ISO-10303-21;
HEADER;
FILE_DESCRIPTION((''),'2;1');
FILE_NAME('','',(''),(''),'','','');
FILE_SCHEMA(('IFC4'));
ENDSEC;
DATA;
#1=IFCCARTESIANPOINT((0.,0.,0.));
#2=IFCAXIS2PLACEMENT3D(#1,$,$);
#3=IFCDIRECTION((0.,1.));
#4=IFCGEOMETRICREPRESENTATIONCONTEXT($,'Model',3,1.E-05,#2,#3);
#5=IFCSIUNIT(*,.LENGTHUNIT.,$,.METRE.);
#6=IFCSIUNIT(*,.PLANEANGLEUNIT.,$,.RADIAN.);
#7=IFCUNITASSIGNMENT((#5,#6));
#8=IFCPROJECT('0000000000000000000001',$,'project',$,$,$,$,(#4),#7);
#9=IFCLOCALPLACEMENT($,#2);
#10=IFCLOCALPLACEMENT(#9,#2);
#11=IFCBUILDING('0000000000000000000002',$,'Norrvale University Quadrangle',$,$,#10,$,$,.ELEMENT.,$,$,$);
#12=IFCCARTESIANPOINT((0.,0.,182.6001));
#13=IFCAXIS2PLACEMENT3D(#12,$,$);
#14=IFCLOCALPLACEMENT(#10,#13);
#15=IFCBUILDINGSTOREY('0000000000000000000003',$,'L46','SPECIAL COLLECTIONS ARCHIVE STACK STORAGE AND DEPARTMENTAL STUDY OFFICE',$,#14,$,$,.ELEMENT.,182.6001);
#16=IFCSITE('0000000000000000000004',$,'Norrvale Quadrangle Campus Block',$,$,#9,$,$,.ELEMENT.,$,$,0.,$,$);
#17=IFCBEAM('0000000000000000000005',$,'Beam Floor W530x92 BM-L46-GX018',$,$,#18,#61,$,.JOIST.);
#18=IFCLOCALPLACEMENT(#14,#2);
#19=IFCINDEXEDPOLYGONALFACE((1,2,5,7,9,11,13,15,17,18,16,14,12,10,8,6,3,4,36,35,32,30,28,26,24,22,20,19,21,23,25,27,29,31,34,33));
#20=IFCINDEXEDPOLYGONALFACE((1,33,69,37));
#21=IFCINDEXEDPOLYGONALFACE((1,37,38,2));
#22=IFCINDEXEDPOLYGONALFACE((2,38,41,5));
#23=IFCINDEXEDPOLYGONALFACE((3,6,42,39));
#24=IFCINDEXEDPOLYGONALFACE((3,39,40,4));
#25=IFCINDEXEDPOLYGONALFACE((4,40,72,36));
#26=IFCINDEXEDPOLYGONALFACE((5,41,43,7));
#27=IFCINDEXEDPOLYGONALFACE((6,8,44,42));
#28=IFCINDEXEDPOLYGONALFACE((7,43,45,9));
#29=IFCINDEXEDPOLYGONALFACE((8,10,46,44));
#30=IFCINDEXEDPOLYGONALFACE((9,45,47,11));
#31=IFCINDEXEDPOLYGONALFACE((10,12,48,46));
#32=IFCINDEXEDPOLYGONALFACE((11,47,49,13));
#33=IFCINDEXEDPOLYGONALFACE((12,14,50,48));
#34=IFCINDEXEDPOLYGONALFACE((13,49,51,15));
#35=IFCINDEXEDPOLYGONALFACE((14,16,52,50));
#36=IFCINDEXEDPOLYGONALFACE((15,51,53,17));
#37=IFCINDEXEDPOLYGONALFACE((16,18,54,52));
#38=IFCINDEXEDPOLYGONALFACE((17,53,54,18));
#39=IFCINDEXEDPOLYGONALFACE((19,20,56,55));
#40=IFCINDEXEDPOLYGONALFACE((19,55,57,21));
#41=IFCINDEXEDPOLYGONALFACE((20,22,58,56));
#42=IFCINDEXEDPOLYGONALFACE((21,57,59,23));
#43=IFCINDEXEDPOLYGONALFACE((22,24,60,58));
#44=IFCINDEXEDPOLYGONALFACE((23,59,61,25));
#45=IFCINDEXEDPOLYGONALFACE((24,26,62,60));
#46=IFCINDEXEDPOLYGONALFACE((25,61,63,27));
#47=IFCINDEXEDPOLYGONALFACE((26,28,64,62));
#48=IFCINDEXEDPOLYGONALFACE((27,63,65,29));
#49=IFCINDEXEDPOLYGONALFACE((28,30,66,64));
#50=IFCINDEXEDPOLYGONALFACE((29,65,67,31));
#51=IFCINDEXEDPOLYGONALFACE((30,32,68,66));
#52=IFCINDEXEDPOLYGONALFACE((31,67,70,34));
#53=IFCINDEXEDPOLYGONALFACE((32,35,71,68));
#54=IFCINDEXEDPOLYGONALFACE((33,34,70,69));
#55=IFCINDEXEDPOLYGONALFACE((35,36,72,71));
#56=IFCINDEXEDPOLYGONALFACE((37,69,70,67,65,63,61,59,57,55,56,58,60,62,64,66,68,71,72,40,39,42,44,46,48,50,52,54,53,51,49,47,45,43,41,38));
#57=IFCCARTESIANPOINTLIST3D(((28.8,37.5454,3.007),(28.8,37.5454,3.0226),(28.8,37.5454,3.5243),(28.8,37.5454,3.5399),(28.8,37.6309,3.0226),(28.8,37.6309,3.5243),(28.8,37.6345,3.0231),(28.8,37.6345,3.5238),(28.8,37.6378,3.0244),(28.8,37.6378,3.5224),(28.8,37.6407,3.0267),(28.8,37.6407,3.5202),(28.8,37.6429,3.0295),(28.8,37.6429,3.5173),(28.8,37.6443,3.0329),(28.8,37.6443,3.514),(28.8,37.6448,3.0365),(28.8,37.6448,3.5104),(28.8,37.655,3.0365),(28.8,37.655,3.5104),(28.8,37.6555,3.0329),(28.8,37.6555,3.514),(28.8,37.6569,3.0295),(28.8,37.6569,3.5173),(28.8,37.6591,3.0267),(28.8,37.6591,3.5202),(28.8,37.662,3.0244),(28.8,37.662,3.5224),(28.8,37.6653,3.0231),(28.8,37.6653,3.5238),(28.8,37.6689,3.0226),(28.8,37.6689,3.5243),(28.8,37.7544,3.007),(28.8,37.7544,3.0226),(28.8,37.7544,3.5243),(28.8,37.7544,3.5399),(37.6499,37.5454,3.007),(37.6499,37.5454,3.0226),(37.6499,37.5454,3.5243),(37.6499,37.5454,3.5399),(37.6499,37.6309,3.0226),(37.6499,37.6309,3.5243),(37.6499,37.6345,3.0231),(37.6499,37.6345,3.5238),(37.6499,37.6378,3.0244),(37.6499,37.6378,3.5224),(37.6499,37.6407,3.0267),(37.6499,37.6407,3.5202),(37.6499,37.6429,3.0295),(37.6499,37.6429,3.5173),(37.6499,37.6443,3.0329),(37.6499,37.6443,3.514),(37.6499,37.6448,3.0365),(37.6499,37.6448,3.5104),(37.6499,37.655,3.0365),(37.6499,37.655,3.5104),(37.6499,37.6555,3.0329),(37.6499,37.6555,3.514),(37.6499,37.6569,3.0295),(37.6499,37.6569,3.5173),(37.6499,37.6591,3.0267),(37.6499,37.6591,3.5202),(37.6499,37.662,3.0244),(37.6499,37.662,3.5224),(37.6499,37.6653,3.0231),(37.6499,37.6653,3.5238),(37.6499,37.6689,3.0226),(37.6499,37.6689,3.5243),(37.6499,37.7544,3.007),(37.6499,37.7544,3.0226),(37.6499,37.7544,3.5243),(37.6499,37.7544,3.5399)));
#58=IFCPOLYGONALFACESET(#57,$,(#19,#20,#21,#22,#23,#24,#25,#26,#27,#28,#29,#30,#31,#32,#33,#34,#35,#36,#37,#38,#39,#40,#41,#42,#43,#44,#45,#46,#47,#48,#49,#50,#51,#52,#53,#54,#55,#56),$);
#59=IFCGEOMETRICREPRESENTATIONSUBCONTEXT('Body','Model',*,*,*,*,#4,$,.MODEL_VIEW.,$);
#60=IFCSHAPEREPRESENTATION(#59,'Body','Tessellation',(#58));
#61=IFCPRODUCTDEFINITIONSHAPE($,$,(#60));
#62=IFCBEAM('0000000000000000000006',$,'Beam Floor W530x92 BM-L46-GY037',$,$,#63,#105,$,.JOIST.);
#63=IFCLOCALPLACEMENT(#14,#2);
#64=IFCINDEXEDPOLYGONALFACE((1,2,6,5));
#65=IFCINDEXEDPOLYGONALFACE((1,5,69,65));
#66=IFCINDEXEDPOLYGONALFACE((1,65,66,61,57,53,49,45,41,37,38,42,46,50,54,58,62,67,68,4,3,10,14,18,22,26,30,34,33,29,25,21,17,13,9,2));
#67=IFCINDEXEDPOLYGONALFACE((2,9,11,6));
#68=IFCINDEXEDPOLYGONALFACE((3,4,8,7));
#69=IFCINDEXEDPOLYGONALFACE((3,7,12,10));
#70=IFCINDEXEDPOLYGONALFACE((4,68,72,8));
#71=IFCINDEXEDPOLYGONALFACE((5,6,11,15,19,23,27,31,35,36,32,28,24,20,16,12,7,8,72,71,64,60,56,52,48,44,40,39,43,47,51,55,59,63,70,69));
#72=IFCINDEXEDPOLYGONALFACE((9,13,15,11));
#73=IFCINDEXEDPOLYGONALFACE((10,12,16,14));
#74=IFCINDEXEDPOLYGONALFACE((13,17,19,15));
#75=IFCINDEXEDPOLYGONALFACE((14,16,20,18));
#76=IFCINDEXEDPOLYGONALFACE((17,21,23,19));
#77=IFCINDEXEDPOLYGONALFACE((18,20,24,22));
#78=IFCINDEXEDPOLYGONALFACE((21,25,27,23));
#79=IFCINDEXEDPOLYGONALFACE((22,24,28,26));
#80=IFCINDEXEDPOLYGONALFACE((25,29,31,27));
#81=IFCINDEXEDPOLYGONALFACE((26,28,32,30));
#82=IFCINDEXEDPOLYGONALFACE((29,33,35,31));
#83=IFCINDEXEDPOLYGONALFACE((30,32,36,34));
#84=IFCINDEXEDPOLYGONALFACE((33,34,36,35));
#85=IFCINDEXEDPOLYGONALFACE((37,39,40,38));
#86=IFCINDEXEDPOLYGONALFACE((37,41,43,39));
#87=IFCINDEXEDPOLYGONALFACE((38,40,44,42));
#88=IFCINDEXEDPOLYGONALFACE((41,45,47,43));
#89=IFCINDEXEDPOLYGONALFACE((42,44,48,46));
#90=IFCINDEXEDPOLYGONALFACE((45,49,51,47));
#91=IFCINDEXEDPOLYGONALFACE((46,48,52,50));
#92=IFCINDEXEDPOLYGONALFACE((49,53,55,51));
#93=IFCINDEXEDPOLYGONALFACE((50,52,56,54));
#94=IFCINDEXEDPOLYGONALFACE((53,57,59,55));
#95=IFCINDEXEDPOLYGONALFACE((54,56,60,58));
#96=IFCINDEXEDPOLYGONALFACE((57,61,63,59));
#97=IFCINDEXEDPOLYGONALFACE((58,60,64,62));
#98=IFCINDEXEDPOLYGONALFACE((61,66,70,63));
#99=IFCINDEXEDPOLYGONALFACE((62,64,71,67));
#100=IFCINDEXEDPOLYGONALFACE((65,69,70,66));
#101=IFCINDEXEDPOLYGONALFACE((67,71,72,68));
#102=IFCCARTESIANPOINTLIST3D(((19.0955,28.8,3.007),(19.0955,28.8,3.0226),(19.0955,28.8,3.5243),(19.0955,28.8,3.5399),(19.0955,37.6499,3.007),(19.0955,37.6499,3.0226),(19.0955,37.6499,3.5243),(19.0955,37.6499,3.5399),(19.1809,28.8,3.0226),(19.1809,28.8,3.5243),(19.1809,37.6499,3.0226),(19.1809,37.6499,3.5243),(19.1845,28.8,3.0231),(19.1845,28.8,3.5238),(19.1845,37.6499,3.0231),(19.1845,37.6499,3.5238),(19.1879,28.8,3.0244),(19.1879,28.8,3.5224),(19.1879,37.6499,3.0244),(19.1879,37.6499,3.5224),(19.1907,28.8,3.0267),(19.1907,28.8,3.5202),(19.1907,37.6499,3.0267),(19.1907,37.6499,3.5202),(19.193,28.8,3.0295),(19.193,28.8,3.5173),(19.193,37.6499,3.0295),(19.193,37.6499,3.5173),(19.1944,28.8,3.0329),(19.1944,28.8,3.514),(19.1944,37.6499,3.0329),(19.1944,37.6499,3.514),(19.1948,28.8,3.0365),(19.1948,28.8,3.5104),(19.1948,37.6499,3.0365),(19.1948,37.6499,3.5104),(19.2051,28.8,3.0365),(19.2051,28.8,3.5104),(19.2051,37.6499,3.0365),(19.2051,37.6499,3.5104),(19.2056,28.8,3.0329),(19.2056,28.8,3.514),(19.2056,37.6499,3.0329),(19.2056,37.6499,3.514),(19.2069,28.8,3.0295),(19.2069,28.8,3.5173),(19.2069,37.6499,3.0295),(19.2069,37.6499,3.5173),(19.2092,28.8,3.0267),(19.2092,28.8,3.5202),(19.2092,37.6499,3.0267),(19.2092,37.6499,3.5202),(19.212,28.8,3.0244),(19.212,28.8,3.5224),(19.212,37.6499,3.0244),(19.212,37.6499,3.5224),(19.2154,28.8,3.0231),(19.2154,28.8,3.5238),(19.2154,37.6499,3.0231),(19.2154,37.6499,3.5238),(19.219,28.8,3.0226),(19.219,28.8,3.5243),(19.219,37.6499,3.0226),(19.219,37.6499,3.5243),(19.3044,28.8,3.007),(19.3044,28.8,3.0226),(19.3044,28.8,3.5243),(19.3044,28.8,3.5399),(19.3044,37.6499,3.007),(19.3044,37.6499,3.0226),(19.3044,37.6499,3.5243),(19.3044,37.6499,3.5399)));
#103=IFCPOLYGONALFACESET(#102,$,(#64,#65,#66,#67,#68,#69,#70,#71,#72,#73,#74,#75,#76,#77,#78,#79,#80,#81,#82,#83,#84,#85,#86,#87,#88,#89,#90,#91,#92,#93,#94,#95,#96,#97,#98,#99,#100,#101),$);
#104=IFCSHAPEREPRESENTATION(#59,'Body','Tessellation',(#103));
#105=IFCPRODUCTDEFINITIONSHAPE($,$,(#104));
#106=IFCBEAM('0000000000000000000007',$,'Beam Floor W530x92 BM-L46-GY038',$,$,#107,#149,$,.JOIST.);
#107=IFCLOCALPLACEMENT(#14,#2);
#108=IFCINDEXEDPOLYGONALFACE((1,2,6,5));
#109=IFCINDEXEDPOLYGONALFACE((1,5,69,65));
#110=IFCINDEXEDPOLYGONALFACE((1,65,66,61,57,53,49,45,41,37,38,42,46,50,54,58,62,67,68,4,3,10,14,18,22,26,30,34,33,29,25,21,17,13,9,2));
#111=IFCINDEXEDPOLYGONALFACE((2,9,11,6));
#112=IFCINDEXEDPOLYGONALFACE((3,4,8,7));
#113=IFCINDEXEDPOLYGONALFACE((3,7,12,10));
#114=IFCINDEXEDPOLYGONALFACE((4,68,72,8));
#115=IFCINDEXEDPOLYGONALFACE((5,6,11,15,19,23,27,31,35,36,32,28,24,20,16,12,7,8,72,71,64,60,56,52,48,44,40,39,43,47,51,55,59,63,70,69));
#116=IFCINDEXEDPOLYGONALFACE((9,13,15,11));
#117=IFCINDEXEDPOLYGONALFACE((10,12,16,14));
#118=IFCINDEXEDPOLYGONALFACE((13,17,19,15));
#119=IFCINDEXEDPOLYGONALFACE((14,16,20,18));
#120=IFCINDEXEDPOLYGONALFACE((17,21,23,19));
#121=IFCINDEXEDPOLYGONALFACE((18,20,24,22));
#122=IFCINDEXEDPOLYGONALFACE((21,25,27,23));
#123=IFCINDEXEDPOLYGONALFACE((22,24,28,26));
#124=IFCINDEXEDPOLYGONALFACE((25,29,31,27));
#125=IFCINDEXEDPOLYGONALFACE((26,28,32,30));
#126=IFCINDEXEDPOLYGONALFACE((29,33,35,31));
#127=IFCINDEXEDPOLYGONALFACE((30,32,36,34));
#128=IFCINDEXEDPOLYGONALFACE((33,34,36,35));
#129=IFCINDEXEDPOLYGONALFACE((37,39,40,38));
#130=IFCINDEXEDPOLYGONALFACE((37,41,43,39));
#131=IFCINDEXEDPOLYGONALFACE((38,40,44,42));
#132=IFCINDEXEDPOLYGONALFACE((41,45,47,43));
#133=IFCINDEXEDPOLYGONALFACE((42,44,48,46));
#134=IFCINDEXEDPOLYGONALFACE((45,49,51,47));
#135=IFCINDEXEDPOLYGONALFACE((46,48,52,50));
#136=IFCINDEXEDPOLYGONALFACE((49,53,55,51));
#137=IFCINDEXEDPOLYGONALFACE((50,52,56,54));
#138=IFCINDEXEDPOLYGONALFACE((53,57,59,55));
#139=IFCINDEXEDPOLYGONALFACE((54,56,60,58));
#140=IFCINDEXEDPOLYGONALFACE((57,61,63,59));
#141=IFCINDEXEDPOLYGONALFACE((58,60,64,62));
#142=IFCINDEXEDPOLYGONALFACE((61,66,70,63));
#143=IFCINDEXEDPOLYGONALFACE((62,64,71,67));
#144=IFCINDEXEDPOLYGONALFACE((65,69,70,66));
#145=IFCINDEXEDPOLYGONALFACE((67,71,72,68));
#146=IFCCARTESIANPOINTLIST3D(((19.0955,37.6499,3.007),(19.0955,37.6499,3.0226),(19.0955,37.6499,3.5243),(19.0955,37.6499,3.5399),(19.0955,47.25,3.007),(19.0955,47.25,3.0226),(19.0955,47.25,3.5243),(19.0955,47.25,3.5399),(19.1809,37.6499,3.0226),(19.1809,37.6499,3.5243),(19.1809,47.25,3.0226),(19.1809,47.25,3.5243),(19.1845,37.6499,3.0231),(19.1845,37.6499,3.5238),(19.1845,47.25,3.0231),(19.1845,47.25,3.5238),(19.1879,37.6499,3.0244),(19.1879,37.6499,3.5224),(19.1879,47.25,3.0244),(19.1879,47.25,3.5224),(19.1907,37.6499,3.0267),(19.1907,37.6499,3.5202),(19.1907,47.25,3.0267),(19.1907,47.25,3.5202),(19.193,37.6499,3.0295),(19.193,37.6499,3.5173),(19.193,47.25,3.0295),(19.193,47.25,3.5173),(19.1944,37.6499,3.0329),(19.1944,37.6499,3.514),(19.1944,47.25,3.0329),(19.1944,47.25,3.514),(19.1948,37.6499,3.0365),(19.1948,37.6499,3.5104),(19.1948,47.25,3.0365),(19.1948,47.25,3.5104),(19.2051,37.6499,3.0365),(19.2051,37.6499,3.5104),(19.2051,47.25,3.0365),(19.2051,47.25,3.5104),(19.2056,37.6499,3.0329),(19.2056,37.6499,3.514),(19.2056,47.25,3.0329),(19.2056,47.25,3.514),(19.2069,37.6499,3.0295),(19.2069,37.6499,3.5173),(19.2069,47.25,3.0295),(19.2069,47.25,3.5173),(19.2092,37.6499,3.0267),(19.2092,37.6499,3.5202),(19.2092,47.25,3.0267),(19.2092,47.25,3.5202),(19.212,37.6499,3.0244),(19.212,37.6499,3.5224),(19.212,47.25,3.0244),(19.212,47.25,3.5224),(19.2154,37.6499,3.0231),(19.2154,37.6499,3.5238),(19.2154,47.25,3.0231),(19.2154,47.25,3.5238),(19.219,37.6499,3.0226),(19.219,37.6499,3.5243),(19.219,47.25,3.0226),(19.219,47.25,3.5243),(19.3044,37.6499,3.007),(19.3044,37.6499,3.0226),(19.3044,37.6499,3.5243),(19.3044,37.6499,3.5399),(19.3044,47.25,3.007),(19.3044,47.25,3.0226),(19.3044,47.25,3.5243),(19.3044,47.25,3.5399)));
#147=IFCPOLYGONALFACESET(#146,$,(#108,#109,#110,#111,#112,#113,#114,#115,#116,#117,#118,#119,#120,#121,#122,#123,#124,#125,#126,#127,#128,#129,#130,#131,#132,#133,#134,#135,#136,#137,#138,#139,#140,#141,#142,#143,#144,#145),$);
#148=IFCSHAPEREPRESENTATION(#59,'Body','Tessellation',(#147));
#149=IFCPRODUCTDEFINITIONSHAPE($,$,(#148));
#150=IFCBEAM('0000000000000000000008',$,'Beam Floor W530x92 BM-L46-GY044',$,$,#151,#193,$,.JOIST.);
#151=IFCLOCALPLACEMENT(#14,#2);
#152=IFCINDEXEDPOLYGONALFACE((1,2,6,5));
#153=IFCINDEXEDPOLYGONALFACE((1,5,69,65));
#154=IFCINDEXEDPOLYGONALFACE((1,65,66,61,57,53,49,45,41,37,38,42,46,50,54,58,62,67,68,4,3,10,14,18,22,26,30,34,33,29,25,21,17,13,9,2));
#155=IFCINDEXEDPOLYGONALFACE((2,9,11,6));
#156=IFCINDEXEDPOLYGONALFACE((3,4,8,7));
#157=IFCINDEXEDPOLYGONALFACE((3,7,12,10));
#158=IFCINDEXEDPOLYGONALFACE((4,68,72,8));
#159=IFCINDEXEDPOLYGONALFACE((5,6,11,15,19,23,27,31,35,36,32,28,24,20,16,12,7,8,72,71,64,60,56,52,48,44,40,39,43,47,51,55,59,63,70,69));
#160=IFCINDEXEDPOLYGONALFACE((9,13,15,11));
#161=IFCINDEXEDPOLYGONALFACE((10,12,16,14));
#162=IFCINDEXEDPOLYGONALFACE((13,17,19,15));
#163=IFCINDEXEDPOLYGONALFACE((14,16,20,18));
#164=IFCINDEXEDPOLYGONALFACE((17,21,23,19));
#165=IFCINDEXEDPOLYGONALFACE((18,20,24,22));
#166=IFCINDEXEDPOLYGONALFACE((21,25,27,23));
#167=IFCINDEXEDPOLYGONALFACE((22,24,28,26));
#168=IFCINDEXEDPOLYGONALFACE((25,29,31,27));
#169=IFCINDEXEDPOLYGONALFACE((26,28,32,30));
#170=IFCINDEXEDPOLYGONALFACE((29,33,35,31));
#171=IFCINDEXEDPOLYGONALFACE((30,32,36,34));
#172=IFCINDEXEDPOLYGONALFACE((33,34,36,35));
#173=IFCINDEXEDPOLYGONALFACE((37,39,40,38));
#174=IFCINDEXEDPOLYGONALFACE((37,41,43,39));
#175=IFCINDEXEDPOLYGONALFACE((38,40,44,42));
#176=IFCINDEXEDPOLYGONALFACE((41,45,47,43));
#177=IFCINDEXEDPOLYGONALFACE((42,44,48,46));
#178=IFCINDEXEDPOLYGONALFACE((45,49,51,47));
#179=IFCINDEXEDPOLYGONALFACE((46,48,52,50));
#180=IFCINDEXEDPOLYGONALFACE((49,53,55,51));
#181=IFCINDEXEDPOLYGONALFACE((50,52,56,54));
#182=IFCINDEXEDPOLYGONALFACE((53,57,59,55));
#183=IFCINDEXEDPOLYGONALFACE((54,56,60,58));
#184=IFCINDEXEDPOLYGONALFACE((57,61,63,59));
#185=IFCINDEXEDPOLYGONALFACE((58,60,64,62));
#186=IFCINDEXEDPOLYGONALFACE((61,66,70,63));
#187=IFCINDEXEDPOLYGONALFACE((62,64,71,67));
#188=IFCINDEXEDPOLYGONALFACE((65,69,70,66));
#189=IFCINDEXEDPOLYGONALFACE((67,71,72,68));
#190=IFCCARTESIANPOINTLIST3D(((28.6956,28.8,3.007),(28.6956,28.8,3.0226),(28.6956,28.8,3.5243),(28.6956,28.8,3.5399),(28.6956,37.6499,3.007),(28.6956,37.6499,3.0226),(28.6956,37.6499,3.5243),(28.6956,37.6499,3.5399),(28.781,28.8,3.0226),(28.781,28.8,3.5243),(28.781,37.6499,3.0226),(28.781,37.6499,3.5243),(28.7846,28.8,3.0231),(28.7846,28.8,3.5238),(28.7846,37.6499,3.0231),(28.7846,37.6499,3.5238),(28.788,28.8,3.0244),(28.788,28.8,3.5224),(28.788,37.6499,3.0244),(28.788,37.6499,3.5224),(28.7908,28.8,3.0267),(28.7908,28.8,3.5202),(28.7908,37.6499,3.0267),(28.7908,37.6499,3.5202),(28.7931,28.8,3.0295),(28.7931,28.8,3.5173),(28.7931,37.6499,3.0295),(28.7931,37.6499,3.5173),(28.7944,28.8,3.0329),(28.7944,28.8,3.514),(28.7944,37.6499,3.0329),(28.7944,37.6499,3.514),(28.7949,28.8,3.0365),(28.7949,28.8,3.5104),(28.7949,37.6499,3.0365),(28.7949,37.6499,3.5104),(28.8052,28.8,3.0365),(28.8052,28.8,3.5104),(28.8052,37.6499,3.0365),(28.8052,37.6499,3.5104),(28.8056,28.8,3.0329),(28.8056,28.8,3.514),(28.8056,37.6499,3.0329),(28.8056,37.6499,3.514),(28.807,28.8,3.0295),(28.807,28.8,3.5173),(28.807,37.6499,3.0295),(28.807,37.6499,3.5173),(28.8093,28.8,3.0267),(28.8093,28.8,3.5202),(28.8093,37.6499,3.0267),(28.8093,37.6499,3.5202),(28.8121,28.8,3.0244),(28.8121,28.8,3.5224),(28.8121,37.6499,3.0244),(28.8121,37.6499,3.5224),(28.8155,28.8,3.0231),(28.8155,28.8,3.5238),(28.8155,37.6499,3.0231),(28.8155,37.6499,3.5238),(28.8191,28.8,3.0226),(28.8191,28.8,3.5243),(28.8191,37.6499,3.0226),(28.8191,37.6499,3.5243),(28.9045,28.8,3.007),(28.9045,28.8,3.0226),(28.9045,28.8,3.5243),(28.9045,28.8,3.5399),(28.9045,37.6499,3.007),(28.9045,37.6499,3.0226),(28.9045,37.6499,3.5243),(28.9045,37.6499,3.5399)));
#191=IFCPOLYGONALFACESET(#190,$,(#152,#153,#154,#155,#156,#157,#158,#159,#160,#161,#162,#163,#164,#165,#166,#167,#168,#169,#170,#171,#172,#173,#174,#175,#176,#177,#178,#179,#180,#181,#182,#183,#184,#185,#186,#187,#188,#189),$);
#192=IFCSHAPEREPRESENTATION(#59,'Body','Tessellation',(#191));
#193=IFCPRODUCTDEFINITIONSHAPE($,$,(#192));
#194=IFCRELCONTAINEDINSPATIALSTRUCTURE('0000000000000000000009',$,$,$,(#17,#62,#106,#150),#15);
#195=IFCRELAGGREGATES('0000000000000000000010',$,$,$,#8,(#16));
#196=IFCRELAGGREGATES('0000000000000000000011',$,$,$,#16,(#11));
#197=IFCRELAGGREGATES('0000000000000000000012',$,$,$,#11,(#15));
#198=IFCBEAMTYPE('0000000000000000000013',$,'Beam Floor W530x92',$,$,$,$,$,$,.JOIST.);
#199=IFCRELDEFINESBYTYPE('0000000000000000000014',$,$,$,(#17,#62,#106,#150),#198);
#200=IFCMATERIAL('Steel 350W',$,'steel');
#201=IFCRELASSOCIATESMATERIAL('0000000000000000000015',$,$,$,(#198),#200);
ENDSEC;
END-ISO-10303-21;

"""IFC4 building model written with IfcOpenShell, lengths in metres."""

from ifc_helpers import new_model, si_unit, direction, frame, origin, origin_2d, place, context, subcontext, project, spatial, i_section, extrude, material, material_profile, profile_set, type_object, element, save


model = new_model("IFC4")

# Units and contexts
model_context = context("Model", 3, precision=1e-05, world=origin(), true_north=direction((0.0, 1.0)))
body_context = subcontext(model_context, "Body", "Model", "MODEL_VIEW")
ifc_project = project(units=[si_unit("LENGTHUNIT", "METRE"), si_unit("PLANEANGLEUNIT", "RADIAN")], contexts=[model_context])

# Site, building, storey
site_placement = place(None, origin())
site = spatial("IfcSite", under=ifc_project, at=site_placement, Name="Norrvale Quadrangle Campus Block", CompositionType="ELEMENT", RefElevation=0.0)
building_placement = place(site_placement, origin())
building = spatial("IfcBuilding", under=site, at=building_placement, Name="Norrvale University Quadrangle", CompositionType="ELEMENT")
storey_placement = place(building_placement, frame((0.0, 0.0, 182.6001)))
storey = spatial("IfcBuildingStorey", under=building, at=storey_placement, Name="L46", Description="SPECIAL COLLECTIONS ARCHIVE STACK STORAGE AND DEPARTMENTAL STUDY OFFICE", CompositionType="ELEMENT", Elevation=182.6001)

# Beams
ifc_material_1 = material(Name="Steel 350W", Category="steel")
ifc_material_profile_1 = material_profile(ifc_material_1, i_section(OverallWidth=0.209, OverallDepth=0.533, WebThickness=0.0103, FlangeThickness=0.0156, FilletRadius=0.0139, at=origin_2d()), Name="Steel 350W")
ifc_profile_set_1 = profile_set([ifc_material_profile_1], Name="Steel 350W")
beam_type_1 = type_object("IfcBeamType", Name="Beam Floor W530x92", PredefinedType="JOIST", material=ifc_profile_set_1)
for number, where, z_axis, x_axis, name in (
    (1, (28.8, 37.6499, 3.2734), (1.0, 0.0, 0.0), (0.0, 1.0, 0.0), "Beam Floor W530x92 BM-L46-GX018"),
    (2, (19.2, 28.8, 3.2734), (0.0, 1.0, 0.0), (-1.0, 0.0, 0.0), "Beam Floor W530x92 BM-L46-GY037"),
):
    element("IfcBeam", number, at=place(storey_placement, frame(where, z_axis=z_axis, x_axis=x_axis)), inside=storey, type_object=beam_type_1, Name=name, PredefinedType="JOIST", context=body_context, shape_type="SweptSolid", body=[
        extrude(i_section(OverallWidth=0.209, OverallDepth=0.533, WebThickness=0.0103, FlangeThickness=0.0156, FilletRadius=0.0139, at=origin_2d()), origin(), (0.0, 0.0, 1.0), 8.8499),
    ])
beam_1_placement = place(storey_placement, frame((19.2, 37.6499, 3.2734), z_axis=(0.0, 1.0, 0.0), x_axis=(-1.0, 0.0, 0.0)))
element("IfcBeam", 3, at=beam_1_placement, inside=storey, type_object=beam_type_1, Name="Beam Floor W530x92 BM-L46-GY038", PredefinedType="JOIST", context=body_context, shape_type="SweptSolid", body=[
    extrude(i_section(OverallWidth=0.209, OverallDepth=0.533, WebThickness=0.0103, FlangeThickness=0.0156, FilletRadius=0.0139, at=origin_2d()), origin(), (0.0, 0.0, 1.0), 9.6001),
])
beam_2_placement = place(storey_placement, frame((28.8, 28.8, 3.2734), z_axis=(0.0, 1.0, 0.0), x_axis=(-1.0, 0.0, 0.0)))
element("IfcBeam", 4, at=beam_2_placement, inside=storey, type_object=beam_type_1, Name="Beam Floor W530x92 BM-L46-GY044", PredefinedType="JOIST", context=body_context, shape_type="SweptSolid", body=[
    extrude(i_section(OverallWidth=0.209, OverallDepth=0.533, WebThickness=0.0103, FlangeThickness=0.0156, FilletRadius=0.0139, at=origin_2d()), origin(), (0.0, 0.0, 1.0), 8.8499),
])

save(model, "model.ifc")
